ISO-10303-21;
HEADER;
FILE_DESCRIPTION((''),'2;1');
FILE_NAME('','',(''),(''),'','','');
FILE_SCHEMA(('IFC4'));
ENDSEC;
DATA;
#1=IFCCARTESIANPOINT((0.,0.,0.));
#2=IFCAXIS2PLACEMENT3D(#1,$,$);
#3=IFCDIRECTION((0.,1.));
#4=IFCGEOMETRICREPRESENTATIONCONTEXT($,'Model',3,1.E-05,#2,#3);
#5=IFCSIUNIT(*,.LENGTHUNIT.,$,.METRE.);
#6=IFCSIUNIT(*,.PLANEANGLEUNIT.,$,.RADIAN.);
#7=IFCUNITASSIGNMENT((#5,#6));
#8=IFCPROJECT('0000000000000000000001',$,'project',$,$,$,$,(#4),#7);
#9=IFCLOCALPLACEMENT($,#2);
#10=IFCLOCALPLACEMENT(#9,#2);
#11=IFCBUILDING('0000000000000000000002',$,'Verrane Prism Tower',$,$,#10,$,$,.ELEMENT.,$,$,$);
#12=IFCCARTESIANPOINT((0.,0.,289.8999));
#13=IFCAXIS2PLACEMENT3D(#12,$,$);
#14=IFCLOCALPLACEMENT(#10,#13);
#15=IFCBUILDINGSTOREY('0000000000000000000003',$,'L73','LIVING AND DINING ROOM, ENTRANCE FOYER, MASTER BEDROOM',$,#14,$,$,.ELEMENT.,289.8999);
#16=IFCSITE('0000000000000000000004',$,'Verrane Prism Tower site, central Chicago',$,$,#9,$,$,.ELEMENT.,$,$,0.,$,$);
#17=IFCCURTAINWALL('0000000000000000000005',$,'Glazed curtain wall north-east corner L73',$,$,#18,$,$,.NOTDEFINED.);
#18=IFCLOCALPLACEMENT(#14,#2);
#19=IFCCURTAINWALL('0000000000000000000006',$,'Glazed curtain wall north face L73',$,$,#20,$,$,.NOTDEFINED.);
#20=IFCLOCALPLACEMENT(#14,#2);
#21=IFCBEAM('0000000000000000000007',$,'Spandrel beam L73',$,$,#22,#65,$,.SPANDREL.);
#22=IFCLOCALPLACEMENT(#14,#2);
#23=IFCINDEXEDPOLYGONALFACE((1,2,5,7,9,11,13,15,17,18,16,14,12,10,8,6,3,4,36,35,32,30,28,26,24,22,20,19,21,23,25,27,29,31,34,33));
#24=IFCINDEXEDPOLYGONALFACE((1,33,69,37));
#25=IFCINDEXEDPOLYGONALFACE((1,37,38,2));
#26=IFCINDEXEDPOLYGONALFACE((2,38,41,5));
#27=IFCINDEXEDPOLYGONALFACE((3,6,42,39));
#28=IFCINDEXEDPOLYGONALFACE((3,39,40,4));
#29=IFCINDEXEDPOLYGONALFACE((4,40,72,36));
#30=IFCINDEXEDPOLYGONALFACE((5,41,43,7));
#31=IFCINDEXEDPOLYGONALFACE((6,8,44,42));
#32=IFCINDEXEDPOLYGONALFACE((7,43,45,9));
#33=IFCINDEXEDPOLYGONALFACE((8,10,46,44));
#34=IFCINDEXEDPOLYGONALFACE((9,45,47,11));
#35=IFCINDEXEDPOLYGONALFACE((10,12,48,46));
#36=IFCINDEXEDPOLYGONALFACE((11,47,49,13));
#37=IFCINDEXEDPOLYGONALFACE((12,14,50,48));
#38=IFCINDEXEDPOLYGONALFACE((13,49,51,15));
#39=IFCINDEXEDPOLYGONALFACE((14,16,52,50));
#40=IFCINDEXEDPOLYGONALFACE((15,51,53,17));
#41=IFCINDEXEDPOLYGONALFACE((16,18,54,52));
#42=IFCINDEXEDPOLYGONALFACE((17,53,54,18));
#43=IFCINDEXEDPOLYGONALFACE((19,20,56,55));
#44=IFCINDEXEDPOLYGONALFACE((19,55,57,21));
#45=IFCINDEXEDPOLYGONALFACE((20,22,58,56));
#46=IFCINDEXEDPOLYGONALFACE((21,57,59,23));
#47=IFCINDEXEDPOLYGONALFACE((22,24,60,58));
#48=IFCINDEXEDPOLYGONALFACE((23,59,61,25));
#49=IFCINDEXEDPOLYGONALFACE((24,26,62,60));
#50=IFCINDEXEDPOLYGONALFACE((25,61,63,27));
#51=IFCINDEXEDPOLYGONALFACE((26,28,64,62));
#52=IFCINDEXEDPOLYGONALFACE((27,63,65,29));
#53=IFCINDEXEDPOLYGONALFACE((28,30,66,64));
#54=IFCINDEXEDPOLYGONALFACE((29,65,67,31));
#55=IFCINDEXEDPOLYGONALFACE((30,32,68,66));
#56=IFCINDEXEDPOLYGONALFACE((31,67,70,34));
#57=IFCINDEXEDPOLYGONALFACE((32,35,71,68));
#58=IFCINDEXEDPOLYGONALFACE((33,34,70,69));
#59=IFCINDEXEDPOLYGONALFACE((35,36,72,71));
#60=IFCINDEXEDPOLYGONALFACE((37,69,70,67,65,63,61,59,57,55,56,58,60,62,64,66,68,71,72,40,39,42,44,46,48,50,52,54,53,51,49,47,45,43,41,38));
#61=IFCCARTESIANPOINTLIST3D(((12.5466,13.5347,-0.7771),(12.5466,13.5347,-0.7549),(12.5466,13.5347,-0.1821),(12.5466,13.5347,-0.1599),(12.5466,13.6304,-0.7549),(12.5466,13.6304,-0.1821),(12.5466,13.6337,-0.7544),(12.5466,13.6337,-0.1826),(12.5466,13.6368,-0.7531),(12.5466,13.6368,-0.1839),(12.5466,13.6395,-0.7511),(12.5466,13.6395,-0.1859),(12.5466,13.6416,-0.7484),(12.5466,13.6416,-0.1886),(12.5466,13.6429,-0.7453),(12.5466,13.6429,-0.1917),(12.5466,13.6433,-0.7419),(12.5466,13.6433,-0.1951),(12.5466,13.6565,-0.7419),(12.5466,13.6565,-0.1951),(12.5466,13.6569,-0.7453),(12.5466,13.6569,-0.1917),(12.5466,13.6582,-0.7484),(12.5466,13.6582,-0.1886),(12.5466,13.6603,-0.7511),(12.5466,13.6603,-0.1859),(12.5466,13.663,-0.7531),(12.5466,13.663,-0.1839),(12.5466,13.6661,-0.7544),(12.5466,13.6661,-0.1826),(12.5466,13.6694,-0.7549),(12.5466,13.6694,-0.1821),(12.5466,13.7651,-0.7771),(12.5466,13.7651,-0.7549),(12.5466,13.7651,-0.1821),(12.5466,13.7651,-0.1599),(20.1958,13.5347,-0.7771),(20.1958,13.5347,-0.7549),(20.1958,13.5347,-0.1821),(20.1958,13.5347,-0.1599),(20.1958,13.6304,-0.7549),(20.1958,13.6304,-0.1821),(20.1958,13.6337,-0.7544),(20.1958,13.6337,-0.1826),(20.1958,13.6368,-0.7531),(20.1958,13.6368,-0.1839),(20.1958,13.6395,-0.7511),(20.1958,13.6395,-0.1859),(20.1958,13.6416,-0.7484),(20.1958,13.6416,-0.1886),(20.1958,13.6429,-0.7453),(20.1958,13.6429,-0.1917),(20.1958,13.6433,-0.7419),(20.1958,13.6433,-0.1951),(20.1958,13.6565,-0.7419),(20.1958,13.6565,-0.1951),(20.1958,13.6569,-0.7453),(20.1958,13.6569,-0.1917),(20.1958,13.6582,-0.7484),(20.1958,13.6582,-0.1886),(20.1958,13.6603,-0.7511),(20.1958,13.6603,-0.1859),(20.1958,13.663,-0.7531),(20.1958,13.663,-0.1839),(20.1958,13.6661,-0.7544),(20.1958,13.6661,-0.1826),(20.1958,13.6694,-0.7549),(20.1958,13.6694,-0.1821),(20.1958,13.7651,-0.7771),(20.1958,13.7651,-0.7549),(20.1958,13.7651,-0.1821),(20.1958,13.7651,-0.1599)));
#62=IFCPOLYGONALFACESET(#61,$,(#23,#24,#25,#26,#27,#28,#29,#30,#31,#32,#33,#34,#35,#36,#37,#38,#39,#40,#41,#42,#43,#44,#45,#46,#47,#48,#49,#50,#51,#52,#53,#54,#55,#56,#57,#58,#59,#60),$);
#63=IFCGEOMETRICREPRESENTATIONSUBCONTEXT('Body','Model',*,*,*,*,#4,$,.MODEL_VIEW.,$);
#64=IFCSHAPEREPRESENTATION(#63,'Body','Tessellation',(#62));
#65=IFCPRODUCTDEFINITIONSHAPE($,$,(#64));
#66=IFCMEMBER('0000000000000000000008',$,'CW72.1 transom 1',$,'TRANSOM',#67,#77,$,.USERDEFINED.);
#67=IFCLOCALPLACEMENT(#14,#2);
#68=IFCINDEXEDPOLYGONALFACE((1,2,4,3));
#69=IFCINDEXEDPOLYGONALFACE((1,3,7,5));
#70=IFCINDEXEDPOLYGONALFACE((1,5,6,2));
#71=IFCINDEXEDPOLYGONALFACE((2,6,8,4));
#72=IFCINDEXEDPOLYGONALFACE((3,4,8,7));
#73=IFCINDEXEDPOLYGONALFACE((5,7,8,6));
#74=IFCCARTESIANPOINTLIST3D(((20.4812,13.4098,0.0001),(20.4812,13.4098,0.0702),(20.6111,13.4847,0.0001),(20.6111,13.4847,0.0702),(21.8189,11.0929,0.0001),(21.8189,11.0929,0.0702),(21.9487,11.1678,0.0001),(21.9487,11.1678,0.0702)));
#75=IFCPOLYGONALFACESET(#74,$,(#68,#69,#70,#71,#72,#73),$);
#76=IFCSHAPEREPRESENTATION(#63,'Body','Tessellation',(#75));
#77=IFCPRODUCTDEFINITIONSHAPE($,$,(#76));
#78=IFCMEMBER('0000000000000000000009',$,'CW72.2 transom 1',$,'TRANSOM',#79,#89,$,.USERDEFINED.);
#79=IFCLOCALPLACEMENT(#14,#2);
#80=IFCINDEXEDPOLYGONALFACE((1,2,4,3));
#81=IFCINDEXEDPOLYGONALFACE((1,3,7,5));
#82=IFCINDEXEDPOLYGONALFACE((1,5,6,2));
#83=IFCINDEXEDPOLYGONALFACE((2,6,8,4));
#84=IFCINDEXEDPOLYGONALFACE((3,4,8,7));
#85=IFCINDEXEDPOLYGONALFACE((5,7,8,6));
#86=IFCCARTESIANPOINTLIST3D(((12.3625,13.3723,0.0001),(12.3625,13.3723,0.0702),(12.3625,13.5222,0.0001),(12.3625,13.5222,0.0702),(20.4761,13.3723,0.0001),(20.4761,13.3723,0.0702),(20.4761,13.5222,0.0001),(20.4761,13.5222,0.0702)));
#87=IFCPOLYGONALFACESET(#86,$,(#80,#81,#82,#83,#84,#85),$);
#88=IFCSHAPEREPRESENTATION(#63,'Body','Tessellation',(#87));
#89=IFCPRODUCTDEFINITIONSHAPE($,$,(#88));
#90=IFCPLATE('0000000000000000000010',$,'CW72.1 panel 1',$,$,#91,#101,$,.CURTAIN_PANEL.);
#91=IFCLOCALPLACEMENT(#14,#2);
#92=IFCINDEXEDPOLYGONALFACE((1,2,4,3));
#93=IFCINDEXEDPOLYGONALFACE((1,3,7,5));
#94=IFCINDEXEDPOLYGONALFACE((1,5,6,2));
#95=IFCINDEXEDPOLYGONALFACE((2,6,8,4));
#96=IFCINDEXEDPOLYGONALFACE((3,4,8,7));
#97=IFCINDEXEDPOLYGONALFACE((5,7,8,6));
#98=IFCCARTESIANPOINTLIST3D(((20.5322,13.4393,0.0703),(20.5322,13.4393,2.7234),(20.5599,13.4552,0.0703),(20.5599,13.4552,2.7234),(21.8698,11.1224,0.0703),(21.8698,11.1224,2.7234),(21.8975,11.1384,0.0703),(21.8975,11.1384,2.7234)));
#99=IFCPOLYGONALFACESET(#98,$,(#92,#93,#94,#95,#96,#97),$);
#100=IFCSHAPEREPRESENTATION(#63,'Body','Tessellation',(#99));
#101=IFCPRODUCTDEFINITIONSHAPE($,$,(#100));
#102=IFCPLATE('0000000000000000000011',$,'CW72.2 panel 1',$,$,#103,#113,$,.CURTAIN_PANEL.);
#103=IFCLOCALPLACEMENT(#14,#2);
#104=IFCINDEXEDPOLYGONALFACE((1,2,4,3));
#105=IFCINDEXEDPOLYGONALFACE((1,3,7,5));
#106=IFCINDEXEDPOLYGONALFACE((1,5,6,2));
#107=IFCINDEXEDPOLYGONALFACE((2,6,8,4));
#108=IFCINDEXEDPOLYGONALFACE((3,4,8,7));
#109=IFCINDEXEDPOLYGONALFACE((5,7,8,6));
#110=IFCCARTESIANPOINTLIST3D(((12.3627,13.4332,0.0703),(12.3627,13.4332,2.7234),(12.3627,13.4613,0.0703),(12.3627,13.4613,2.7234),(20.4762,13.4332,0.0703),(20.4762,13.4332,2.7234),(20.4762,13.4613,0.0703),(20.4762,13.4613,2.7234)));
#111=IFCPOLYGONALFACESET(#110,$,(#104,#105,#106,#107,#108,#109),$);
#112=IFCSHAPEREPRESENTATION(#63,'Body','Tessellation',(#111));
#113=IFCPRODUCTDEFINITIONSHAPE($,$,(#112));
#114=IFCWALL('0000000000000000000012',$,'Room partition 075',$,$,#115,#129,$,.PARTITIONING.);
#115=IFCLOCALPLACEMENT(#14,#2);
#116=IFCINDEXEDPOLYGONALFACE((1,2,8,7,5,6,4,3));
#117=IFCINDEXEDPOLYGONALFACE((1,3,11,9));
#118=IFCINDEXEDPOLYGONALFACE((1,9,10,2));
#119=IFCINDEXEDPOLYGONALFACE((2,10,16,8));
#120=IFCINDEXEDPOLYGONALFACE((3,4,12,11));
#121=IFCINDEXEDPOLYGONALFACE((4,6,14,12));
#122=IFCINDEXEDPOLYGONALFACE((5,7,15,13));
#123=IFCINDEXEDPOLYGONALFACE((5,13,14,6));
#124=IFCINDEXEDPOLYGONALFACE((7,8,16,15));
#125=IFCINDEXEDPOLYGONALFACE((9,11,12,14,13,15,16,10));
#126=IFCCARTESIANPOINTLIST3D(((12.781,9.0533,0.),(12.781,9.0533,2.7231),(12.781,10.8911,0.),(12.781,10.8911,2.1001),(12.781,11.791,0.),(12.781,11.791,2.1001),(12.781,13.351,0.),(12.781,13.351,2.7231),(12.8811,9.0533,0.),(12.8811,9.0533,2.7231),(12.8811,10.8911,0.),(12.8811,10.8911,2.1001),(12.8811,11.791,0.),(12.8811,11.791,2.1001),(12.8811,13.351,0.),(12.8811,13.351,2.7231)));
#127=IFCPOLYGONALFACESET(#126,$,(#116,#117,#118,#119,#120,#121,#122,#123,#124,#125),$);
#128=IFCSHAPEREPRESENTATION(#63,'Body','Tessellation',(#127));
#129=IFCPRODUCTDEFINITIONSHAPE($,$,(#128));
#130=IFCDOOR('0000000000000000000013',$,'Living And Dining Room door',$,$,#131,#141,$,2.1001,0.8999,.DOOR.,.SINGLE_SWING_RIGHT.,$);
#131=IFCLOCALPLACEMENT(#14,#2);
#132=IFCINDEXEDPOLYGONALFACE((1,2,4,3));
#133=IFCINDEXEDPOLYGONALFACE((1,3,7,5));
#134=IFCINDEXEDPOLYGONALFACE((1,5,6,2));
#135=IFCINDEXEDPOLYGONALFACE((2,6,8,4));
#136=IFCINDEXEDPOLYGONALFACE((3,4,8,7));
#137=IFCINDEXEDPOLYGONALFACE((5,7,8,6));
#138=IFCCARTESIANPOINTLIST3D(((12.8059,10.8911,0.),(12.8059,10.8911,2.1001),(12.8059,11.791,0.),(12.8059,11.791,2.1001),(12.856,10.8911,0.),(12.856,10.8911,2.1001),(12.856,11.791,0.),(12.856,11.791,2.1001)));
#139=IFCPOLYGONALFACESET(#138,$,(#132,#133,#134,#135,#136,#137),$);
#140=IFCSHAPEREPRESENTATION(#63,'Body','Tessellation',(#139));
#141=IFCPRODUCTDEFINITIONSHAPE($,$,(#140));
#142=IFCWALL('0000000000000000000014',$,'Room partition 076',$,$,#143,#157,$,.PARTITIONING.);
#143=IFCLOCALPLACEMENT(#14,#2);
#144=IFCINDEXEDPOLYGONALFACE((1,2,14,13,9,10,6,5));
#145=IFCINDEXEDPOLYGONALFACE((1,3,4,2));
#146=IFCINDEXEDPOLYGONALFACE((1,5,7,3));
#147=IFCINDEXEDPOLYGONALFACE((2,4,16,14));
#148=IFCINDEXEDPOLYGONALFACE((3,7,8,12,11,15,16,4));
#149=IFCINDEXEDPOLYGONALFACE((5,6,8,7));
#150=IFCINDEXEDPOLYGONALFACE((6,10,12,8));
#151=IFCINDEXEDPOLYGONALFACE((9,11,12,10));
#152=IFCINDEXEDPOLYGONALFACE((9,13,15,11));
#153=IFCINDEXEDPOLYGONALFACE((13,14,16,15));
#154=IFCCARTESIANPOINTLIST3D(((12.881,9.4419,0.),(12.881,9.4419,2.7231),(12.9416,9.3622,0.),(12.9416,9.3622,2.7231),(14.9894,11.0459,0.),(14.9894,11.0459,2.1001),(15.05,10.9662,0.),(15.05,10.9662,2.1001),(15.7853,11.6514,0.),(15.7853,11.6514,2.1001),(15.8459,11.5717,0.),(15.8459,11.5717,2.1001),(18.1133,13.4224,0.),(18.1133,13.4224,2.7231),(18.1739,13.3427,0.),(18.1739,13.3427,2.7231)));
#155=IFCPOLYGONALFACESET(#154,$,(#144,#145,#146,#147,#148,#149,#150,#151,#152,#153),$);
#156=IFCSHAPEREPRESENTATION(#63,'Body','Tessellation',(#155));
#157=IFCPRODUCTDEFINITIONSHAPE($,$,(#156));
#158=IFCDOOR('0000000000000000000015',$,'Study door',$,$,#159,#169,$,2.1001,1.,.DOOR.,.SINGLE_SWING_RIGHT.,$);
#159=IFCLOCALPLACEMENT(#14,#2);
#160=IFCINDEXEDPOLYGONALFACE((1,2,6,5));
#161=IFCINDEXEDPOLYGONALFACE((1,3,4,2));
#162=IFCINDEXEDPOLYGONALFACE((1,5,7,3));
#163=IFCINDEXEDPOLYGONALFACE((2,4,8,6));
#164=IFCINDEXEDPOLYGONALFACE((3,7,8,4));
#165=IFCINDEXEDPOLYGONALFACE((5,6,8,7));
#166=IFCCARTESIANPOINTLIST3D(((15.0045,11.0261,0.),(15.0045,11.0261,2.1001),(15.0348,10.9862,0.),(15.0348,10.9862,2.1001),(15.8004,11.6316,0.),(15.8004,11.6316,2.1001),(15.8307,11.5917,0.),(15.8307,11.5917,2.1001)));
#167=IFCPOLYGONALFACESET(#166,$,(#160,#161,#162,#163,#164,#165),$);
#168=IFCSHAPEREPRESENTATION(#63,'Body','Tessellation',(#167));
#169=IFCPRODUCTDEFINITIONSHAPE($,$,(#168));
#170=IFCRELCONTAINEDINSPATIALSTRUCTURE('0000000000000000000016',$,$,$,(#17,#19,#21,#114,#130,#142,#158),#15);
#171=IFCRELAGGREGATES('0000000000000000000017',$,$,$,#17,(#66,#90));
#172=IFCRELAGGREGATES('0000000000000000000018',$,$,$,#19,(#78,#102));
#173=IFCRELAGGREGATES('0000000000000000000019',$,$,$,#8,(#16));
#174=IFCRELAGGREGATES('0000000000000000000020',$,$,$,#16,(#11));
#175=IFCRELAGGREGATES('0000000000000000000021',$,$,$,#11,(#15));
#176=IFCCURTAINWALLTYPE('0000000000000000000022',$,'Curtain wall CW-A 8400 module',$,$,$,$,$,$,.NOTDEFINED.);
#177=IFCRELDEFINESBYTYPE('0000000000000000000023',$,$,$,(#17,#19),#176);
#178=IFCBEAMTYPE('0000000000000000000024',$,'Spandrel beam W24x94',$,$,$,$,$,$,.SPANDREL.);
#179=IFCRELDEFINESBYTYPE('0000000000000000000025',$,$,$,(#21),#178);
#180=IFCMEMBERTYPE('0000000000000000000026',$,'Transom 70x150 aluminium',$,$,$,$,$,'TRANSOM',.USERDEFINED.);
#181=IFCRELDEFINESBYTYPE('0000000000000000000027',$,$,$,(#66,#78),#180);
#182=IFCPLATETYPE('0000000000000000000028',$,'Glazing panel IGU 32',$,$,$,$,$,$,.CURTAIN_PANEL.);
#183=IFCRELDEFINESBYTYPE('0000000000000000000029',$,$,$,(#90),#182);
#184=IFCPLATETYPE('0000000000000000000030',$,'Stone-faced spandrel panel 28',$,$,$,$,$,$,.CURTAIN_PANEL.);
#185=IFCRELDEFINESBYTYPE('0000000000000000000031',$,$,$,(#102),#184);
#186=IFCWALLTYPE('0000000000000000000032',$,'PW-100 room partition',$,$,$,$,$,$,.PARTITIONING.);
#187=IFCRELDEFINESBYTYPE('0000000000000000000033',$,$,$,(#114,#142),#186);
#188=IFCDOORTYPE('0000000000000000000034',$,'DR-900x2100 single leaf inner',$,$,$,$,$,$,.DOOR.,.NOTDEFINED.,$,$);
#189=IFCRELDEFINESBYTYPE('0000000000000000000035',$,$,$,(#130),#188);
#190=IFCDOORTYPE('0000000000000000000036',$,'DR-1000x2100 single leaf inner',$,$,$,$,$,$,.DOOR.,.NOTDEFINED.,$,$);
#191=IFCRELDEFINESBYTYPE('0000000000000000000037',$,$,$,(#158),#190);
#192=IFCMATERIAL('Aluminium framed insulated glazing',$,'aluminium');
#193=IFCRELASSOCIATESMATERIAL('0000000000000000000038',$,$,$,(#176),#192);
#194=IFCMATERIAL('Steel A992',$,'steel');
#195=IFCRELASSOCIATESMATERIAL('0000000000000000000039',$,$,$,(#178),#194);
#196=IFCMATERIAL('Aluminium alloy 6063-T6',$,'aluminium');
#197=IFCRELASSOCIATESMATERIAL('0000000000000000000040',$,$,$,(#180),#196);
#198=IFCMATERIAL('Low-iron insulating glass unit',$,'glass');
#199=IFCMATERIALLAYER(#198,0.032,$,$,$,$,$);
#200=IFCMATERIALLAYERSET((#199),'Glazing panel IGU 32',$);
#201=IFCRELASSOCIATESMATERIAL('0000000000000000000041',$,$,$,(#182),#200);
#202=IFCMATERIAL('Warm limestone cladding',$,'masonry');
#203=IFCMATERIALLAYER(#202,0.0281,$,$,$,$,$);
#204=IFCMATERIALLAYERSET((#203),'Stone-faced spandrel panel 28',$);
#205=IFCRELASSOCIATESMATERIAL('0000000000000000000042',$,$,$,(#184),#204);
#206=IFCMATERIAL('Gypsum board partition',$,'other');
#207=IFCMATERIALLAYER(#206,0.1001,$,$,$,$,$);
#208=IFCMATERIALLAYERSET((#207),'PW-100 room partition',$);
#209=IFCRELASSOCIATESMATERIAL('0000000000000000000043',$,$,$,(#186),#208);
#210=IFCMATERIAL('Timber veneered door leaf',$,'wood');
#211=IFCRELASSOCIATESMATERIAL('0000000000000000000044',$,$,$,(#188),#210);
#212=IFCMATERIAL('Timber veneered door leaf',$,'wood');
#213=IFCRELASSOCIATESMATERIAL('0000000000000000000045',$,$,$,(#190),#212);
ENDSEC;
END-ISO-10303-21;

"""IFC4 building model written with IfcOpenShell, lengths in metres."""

from ifc_helpers import new_model, si_unit, direction, frame, frame_2d, origin, origin_2d, place, context, subcontext, project, spatial, rectangle, i_section, extrude, material, layer, layer_set, material_profile, profile_set, type_object, element, fill, aggregate, save


model = new_model("IFC4")

# Units and contexts
model_context = context("Model", 3, precision=1e-05, world=origin(), true_north=direction((0.0, 1.0)))
body_context = subcontext(model_context, "Body", "Model", "MODEL_VIEW")
ifc_project = project(units=[si_unit("LENGTHUNIT", "METRE"), si_unit("PLANEANGLEUNIT", "RADIAN")], contexts=[model_context])

# Site, building, storey
site_placement = place(None, origin())
site = spatial("IfcSite", under=ifc_project, at=site_placement, Name="Verrane Prism Tower site, central Chicago", CompositionType="ELEMENT", RefElevation=0.0)
building_placement = place(site_placement, origin())
building = spatial("IfcBuilding", under=site, at=building_placement, Name="Verrane Prism Tower", CompositionType="ELEMENT")
storey_placement = place(building_placement, frame((0.0, 0.0, 289.8999)))
storey = spatial("IfcBuildingStorey", under=building, at=storey_placement, Name="L73", Description="LIVING AND DINING ROOM, ENTRANCE FOYER, MASTER BEDROOM", CompositionType="ELEMENT", Elevation=289.8999)

# Curtain walls
ifc_material_1 = material(Name="Aluminium framed insulated glazing", Category="aluminium")
curtain_wall_type = type_object("IfcCurtainWallType", Name="Curtain wall CW-A 8400 module", PredefinedType="NOTDEFINED", material=ifc_material_1)
curtain_wall_1_placement = place(storey_placement, origin())
curtain_wall_1 = element("IfcCurtainWall", 1, at=curtain_wall_1_placement, inside=storey, type_object=curtain_wall_type, Name="Glazed curtain wall north-east corner L73", PredefinedType="NOTDEFINED")
curtain_wall_2_placement = place(storey_placement, origin())
curtain_wall_2 = element("IfcCurtainWall", 2, at=curtain_wall_2_placement, inside=storey, type_object=curtain_wall_type, Name="Glazed curtain wall north face L73", PredefinedType="NOTDEFINED")

# Beam
ifc_material_2 = material(Name="Steel A992", Category="steel")
ifc_material_profile_1 = material_profile(ifc_material_2, i_section(OverallWidth=0.2305, OverallDepth=0.6172, WebThickness=0.0132, FlangeThickness=0.0222, FilletRadius=0.0129, at=origin_2d()), Name="W24x94")
ifc_profile_set_1 = profile_set([ifc_material_profile_1], Name="Steel A992")
beam_type_1 = type_object("IfcBeamType", Name="Spandrel beam W24x94", PredefinedType="SPANDREL", material=ifc_profile_set_1)
beam_1_placement = place(storey_placement, frame((20.1958, 13.6499, -0.4685), z_axis=(-1.0, 0.0, 0.0), x_axis=(0.0, -1.0, 0.0)))
element("IfcBeam", 3, at=beam_1_placement, inside=storey, type_object=beam_type_1, Name="Spandrel beam L73", PredefinedType="SPANDREL", context=body_context, shape_type="SweptSolid", body=[
    extrude(i_section(OverallWidth=0.2305, OverallDepth=0.6172, WebThickness=0.0132, FlangeThickness=0.0222, FilletRadius=0.0129, at=origin_2d()), origin(), (0.0, 0.0, 1.0), 7.6492),
])

# Members
ifc_material_3 = material(Name="Aluminium alloy 6063-T6", Category="aluminium")
ifc_material_profile_2 = material_profile(ifc_material_3, rectangle(XDim=0.1499, YDim=0.0701, at=origin_2d()), Name="Transom 70x150 aluminium")
ifc_profile_set_2 = profile_set([ifc_material_profile_2], Name="Aluminium alloy 6063-T6")
member_type_1 = type_object("IfcMemberType", Name="Transom 70x150 aluminium", ElementType="TRANSOM", PredefinedType="USERDEFINED", material=ifc_profile_set_2)
member_1_placement = place(storey_placement, frame((21.8838, 11.1304, 0.0352), z_axis=(-0.499996, 0.866028, 0.0), x_axis=(-0.866028, -0.499996, 0.0)))
member_1 = element("IfcMember", 4, at=member_1_placement, type_object=member_type_1, Name="CW72.1 transom 1", ObjectType="TRANSOM", PredefinedType="USERDEFINED", context=body_context, shape_type="SweptSolid", body=[
    extrude(rectangle(XDim=0.1499, YDim=0.0701, at=origin_2d()), origin(), (0.0, 0.0, 1.0), 2.6753),
])
member_2_placement = place(storey_placement, frame((20.4761, 13.4473, 0.0352), z_axis=(-1.0, 0.0, 0.0), x_axis=(0.0, -1.0, 0.0)))
member_2 = element("IfcMember", 5, at=member_2_placement, type_object=member_type_1, Name="CW72.2 transom 1", ObjectType="TRANSOM", PredefinedType="USERDEFINED", context=body_context, shape_type="SweptSolid", body=[
    extrude(rectangle(XDim=0.1499, YDim=0.0701, at=origin_2d()), origin(), (0.0, 0.0, 1.0), 8.1135),
])

# Plates
ifc_material_4 = material(Name="Low-iron insulating glass unit", Category="glass")
ifc_layer_1 = layer(ifc_material_4, 0.032)
ifc_layer_set_1 = layer_set([ifc_layer_1], Name="Glazing panel IGU 32")
plate_type_1 = type_object("IfcPlateType", Name="Glazing panel IGU 32", PredefinedType="CURTAIN_PANEL", material=ifc_layer_set_1)
plate_1_placement = place(storey_placement, frame((21.2148, 12.2888, 0.0703), z_axis=(0.0, 0.0, 1.0), x_axis=(-0.500002, 0.866024, 0.0)))
plate_1 = element("IfcPlate", 6, at=plate_1_placement, type_object=plate_type_1, Name="CW72.1 panel 1", PredefinedType="CURTAIN_PANEL", context=body_context, shape_type="SweptSolid", body=[
    extrude(rectangle(XDim=2.6753, YDim=0.032, at=origin_2d()), origin(), (0.0, 0.0, 1.0), 2.6531),
])
aggregate(curtain_wall_1, [member_1, plate_1])
ifc_material_5 = material(Name="Warm limestone cladding", Category="masonry")
ifc_layer_2 = layer(ifc_material_5, 0.0281)
ifc_layer_set_2 = layer_set([ifc_layer_2], Name="Stone-faced spandrel panel 28")
plate_type_2 = type_object("IfcPlateType", Name="Stone-faced spandrel panel 28", PredefinedType="CURTAIN_PANEL", material=ifc_layer_set_2)
plate_2_placement = place(storey_placement, frame((16.4194, 13.4473, 0.0703), z_axis=(0.0, 0.0, 1.0), x_axis=(-1.0, 0.0, 0.0)))
plate_2 = element("IfcPlate", 7, at=plate_2_placement, type_object=plate_type_2, Name="CW72.2 panel 1", PredefinedType="CURTAIN_PANEL", context=body_context, shape_type="SweptSolid", body=[
    extrude(rectangle(XDim=8.1135, YDim=0.0281, at=origin_2d()), origin(), (0.0, 0.0, 1.0), 2.6531),
])
aggregate(curtain_wall_2, [member_2, plate_2])

# Walls, openings, doors
ifc_material_6 = material(Name="Gypsum board partition", Category="other")
ifc_layer_3 = layer(ifc_material_6, 0.1001)
ifc_layer_set_3 = layer_set([ifc_layer_3], Name="PW-100 room partition")
wall_type_1 = type_object("IfcWallType", Name="PW-100 room partition", PredefinedType="PARTITIONING", material=ifc_layer_set_3)
wall_1_placement = place(storey_placement, frame((12.8311, 13.3511, 0.0), z_axis=(0.0, 0.0, 1.0), x_axis=(0.0, -1.0, 0.0)))
wall_1 = element("IfcWall", 8, at=wall_1_placement, inside=storey, type_object=wall_type_1, Name="Room partition 075", PredefinedType="PARTITIONING", context=body_context, shape_type="SweptSolid", body=[
    extrude(rectangle(XDim=4.2976, YDim=0.1001, at=frame_2d((2.1489, 0.0))), origin(), (0.0, 0.0, 1.0), 2.7231),
])
opening_1_placement = place(wall_1_placement, frame((1.5601, 0.0, 0.0)))
opening_1 = element("IfcOpeningElement", 9, at=opening_1_placement, cuts=wall_1, PredefinedType="OPENING", context=body_context, shape_type="SweptSolid", body=[
    extrude(rectangle(XDim=0.8999, YDim=2.1001, at=frame_2d((0.45, 1.05))), frame((0.0, 0.0601, 0.0), z_axis=(0.0, -1.0, 0.0), x_axis=(1.0, 0.0, 0.0)), (0.0, 0.0, 1.0), 0.1201),
])
ifc_material_7 = material(Name="Timber veneered door leaf", Category="wood")
door_type_1 = type_object("IfcDoorType", Name="DR-900x2100 single leaf inner", OperationType="NOTDEFINED", PredefinedType="DOOR", material=ifc_material_7)
door_1_placement = place(opening_1_placement, origin())
door_1 = element("IfcDoor", 10, at=door_1_placement, inside=storey, type_object=door_type_1, Name="Living And Dining Room door", OperationType="SINGLE_SWING_RIGHT", OverallHeight=2.1001, OverallWidth=0.8999, PredefinedType="DOOR", context=body_context, shape_type="SweptSolid", body=[
    extrude(rectangle(XDim=0.8999, YDim=2.1001, at=frame_2d((0.45, 1.05))), frame((0.0, 0.0249, 0.0), z_axis=(0.0, -1.0, 0.0), x_axis=(1.0, 0.0, 0.0)), (0.0, 0.0, 1.0), 0.05),
])
fill(opening_1, door_1)
wall_2_placement = place(storey_placement, frame((18.1436, 13.3826, 0.0), z_axis=(0.0, 0.0, 1.0), x_axis=(-0.795868, -0.60547, 0.0)))
wall_2 = element("IfcWall", 11, at=wall_2_placement, inside=storey, type_object=wall_type_1, Name="Room partition 076", PredefinedType="PARTITIONING", context=body_context, shape_type="SweptSolid", body=[
    extrude(rectangle(XDim=6.5742, YDim=0.1001, at=frame_2d((3.2871, 0.0))), origin(), (0.0, 0.0, 1.0), 2.7231),
])
opening_2_placement = place(wall_2_placement, frame((2.925, 0.0, 0.0)))
opening_2 = element("IfcOpeningElement", 12, at=opening_2_placement, cuts=wall_2, PredefinedType="OPENING", context=body_context, shape_type="SweptSolid", body=[
    extrude(rectangle(XDim=1.0, YDim=2.1001, at=frame_2d((0.5, 1.05))), frame((0.0, 0.0601, 0.0), z_axis=(0.0, -1.0, 0.0), x_axis=(1.0, 0.0, 0.0)), (0.0, 0.0, 1.0), 0.1201),
])
ifc_material_8 = material(Name="Timber veneered door leaf", Category="wood")
door_type_2 = type_object("IfcDoorType", Name="DR-1000x2100 single leaf inner", OperationType="NOTDEFINED", PredefinedType="DOOR", material=ifc_material_8)
door_2_placement = place(opening_2_placement, origin())
door_2 = element("IfcDoor", 13, at=door_2_placement, inside=storey, type_object=door_type_2, Name="Study door", OperationType="SINGLE_SWING_RIGHT", OverallHeight=2.1001, OverallWidth=1.0, PredefinedType="DOOR", context=body_context, shape_type="SweptSolid", body=[
    extrude(rectangle(XDim=1.0, YDim=2.1001, at=frame_2d((0.5, 1.05))), frame((0.0, 0.0249, 0.0), z_axis=(0.0, -1.0, 0.0), x_axis=(1.0, 0.0, 0.0)), (0.0, 0.0, 1.0), 0.05),
])
fill(opening_2, door_2)

save(model, "model.ifc")
